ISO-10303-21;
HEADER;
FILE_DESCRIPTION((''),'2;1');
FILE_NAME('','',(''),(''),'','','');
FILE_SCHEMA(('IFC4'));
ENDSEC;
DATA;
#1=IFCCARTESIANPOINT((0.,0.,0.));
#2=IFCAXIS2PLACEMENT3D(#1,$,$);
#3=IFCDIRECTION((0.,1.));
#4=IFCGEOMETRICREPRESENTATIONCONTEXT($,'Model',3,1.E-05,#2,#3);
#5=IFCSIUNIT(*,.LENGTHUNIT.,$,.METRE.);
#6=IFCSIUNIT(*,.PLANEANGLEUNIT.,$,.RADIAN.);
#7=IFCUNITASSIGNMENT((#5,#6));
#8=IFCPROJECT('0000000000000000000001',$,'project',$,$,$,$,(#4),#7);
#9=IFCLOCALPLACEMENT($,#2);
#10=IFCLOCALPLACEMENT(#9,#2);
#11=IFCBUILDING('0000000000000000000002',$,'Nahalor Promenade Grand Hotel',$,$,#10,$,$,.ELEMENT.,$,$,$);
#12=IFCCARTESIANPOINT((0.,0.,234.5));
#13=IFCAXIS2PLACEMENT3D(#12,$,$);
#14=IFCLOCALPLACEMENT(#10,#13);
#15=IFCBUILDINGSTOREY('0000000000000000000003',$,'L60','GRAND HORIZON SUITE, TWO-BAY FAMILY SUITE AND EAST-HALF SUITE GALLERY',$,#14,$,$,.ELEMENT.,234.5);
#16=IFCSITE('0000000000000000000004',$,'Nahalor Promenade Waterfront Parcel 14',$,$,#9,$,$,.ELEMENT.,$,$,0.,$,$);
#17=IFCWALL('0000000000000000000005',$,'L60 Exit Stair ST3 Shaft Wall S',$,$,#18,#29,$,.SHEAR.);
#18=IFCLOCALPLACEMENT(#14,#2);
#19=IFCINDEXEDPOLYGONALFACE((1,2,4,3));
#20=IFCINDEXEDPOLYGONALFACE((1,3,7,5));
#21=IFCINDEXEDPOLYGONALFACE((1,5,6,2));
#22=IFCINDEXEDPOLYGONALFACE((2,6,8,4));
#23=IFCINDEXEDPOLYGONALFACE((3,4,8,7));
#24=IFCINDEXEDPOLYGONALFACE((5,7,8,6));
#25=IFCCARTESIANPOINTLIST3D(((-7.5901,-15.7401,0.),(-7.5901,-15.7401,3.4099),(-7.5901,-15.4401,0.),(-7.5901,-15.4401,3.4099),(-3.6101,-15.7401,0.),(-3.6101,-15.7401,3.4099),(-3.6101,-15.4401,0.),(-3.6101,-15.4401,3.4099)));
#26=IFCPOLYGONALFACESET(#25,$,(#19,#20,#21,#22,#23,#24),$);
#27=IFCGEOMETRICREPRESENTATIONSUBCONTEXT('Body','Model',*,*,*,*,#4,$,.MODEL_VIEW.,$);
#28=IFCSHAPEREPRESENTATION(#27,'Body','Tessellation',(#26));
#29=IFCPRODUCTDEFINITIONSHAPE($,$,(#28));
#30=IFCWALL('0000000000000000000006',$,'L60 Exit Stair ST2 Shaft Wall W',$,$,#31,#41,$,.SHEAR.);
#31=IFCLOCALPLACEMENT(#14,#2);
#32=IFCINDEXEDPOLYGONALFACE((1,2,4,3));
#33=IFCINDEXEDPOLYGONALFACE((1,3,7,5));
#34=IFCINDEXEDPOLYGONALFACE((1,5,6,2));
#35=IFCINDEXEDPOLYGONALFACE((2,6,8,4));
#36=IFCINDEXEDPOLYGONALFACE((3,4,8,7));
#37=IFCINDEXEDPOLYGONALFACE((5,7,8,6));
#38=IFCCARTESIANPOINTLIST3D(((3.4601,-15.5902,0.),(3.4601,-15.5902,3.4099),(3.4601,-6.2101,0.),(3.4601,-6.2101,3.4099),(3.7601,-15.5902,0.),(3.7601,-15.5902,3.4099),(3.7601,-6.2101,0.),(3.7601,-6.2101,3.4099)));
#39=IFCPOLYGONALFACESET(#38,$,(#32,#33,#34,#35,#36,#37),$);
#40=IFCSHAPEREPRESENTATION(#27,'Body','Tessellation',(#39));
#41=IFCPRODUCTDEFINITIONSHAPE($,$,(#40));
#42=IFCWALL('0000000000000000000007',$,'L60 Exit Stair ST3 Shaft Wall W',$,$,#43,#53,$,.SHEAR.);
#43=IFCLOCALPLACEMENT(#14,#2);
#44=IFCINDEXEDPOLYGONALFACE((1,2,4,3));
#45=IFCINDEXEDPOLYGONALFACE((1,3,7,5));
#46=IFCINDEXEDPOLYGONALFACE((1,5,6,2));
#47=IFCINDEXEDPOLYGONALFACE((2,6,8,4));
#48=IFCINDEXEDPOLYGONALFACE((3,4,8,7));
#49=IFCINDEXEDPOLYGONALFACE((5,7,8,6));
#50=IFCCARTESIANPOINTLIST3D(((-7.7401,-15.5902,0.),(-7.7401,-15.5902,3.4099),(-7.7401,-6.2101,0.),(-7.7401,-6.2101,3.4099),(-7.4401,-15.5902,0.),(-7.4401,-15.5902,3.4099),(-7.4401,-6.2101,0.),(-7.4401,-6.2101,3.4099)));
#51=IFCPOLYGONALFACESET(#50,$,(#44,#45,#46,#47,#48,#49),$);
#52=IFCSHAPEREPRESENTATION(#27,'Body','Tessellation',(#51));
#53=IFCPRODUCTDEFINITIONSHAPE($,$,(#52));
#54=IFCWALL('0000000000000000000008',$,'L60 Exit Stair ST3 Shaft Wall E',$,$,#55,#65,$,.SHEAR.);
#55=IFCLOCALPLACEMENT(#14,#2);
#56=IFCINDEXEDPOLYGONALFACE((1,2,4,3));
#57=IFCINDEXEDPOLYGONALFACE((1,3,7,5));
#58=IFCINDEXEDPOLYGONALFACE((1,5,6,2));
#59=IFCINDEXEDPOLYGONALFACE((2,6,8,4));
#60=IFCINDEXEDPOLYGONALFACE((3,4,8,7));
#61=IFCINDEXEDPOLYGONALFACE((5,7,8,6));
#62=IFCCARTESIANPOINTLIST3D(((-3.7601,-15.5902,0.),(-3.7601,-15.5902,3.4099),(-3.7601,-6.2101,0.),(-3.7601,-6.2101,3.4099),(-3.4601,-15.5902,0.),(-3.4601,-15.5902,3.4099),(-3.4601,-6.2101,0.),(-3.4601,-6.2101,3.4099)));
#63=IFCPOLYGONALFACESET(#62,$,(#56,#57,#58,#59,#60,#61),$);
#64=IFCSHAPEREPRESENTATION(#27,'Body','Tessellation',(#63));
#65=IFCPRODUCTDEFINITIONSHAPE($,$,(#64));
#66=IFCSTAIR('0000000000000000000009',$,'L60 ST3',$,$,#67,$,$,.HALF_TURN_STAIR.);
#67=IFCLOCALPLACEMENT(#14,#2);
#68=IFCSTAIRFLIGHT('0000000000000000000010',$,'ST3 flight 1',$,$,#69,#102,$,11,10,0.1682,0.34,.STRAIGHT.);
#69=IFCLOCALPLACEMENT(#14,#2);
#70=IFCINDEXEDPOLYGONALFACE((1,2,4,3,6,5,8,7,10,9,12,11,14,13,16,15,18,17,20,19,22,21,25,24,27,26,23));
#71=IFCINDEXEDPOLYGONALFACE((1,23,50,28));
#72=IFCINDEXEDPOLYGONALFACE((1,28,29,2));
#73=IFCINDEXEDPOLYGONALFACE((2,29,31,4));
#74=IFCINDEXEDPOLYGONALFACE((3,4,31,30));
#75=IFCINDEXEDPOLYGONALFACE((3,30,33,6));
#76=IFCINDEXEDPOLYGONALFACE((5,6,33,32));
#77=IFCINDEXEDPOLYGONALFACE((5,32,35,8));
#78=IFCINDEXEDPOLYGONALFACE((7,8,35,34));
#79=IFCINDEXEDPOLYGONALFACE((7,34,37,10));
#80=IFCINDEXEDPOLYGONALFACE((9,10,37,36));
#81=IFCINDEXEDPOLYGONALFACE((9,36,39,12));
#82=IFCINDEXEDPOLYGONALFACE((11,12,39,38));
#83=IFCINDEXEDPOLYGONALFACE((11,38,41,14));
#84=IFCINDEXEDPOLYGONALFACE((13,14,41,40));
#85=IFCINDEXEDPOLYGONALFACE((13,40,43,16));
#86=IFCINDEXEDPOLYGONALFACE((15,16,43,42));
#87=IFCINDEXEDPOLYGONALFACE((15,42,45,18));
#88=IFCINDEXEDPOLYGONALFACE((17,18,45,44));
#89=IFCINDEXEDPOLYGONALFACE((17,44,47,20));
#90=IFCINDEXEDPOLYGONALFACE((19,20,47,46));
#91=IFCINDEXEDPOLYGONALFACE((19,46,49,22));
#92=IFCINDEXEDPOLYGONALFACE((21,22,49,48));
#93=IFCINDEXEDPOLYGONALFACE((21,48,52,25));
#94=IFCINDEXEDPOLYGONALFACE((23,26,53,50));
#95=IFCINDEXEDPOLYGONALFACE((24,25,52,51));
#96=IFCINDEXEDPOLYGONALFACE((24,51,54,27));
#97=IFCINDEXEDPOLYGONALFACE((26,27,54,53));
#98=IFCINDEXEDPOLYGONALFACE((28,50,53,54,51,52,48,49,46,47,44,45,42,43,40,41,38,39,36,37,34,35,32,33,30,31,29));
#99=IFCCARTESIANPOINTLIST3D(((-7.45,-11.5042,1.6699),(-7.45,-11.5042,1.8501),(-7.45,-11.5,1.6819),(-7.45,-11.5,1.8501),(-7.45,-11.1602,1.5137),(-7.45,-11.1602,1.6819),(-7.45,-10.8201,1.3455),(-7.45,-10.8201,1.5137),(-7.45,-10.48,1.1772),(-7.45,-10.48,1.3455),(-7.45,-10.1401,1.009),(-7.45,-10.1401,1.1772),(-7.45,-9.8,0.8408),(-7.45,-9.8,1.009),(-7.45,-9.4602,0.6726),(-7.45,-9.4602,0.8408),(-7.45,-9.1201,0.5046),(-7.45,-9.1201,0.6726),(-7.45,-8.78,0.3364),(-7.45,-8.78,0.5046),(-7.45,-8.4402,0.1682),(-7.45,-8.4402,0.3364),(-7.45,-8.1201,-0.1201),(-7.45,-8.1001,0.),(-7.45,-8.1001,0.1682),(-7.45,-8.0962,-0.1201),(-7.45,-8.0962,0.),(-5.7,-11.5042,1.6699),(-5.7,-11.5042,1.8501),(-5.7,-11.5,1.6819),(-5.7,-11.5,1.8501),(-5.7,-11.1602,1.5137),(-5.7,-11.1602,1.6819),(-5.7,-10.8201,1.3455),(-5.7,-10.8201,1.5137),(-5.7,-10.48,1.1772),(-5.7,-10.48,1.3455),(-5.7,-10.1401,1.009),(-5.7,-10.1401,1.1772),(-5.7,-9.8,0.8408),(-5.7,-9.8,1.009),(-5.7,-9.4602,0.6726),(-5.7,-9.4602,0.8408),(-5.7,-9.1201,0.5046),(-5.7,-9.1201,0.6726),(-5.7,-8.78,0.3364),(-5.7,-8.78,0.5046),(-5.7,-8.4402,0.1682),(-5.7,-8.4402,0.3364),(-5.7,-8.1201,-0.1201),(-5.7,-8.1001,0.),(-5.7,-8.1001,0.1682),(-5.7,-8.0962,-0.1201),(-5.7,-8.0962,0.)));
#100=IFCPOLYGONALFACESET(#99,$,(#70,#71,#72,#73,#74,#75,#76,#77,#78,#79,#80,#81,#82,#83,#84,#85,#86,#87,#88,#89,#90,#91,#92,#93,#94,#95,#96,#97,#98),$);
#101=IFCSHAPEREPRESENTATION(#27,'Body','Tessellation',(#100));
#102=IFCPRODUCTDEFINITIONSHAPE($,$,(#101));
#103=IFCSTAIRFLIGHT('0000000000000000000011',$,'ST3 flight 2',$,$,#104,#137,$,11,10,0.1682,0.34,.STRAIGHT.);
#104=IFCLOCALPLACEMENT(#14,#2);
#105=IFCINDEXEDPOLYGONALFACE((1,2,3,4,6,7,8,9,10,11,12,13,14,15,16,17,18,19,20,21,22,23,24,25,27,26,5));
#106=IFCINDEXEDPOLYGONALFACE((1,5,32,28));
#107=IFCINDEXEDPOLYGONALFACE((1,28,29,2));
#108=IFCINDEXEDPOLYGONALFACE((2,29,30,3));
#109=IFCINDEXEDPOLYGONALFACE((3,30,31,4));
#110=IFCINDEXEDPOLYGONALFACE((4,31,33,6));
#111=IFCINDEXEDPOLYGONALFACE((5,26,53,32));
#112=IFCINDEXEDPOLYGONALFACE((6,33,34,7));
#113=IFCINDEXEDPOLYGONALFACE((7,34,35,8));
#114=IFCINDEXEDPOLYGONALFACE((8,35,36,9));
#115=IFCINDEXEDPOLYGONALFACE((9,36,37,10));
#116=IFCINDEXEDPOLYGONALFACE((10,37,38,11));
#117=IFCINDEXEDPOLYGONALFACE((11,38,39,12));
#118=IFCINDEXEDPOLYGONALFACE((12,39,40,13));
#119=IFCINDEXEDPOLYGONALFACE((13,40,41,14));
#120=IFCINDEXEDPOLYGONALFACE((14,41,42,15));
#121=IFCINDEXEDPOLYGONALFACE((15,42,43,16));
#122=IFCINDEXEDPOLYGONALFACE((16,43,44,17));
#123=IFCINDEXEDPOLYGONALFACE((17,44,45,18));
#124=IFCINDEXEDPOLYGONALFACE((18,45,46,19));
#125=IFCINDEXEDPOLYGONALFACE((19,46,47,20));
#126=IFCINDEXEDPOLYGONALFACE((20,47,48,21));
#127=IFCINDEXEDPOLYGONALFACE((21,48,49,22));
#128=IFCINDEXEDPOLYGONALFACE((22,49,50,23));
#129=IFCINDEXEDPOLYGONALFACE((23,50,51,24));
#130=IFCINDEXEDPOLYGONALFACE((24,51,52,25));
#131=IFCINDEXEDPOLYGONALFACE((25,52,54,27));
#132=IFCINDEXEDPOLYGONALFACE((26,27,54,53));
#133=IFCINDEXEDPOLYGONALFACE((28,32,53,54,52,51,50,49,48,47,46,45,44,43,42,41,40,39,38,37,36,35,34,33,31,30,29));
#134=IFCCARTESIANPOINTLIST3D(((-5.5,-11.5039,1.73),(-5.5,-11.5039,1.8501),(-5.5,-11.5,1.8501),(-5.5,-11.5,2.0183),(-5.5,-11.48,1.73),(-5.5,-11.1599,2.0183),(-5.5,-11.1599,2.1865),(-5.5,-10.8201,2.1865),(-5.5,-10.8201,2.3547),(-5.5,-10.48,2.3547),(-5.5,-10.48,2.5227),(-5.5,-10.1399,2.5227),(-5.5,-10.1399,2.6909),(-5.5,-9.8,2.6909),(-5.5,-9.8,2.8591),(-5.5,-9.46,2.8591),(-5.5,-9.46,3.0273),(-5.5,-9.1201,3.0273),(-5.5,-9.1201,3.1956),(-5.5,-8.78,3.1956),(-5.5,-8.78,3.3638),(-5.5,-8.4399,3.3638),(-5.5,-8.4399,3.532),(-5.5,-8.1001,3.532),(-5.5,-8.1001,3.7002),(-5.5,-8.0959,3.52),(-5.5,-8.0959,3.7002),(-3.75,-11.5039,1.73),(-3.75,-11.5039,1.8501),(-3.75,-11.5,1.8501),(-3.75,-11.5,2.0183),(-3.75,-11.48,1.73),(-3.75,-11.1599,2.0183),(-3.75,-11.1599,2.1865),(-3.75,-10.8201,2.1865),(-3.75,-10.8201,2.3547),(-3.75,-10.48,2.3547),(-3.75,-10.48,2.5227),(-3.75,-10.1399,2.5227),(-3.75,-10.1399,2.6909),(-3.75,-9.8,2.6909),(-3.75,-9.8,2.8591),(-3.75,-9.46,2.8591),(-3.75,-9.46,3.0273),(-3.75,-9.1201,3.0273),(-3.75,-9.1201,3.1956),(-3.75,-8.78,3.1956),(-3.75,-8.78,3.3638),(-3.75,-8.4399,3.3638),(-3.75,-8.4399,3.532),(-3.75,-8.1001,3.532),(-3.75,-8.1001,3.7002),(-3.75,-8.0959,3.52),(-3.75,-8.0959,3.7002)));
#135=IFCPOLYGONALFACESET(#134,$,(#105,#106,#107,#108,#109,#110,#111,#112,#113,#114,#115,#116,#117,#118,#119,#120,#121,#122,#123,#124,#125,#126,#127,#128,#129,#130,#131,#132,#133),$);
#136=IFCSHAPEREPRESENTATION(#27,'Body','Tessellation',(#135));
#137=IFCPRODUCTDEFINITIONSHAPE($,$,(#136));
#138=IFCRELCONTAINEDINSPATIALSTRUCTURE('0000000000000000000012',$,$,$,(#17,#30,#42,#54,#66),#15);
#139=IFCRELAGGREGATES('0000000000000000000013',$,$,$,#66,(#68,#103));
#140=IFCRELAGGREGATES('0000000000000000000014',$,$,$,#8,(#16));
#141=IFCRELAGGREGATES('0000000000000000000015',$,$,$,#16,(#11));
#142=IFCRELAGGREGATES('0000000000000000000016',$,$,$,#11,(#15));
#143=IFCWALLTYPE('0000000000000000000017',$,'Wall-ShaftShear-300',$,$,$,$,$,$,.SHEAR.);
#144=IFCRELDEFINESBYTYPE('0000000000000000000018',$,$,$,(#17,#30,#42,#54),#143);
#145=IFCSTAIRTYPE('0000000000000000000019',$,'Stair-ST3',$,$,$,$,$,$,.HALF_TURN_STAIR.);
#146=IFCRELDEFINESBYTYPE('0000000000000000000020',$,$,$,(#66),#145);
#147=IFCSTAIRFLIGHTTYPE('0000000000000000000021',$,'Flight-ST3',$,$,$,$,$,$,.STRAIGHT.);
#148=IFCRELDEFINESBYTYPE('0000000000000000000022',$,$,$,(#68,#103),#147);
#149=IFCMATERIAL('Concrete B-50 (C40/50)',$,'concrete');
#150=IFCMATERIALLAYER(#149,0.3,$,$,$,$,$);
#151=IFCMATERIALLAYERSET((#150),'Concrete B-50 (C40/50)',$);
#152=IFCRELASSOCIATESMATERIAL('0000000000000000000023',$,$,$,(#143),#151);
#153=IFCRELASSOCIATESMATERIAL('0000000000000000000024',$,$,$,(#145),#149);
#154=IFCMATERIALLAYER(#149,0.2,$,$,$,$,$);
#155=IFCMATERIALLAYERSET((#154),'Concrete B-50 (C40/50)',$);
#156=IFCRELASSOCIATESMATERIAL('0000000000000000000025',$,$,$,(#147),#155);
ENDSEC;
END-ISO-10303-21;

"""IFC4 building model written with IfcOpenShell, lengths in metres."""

from ifc_helpers import new_model, si_unit, direction, frame, frame_2d, origin, place, context, subcontext, project, spatial, polyline, rectangle, outline, extrude, source, transform, mapped, material, layer, layer_set, type_object, element, aggregate, save


model = new_model("IFC4")

# Units and contexts
model_context = context("Model", 3, precision=1e-05, world=origin(), true_north=direction((0.0, 1.0)))
body_context = subcontext(model_context, "Body", "Model", "MODEL_VIEW")
ifc_project = project(units=[si_unit("LENGTHUNIT", "METRE"), si_unit("PLANEANGLEUNIT", "RADIAN")], contexts=[model_context])

# Site, building, storey
site_placement = place(None, origin())
site = spatial("IfcSite", under=ifc_project, at=site_placement, Name="Nahalor Promenade Waterfront Parcel 14", CompositionType="ELEMENT", RefElevation=0.0)
building_placement = place(site_placement, origin())
building = spatial("IfcBuilding", under=site, at=building_placement, Name="Nahalor Promenade Grand Hotel", CompositionType="ELEMENT")
storey_placement = place(building_placement, frame((0.0, 0.0, 234.5)))
storey = spatial("IfcBuildingStorey", under=building, at=storey_placement, Name="L60", Description="GRAND HORIZON SUITE, TWO-BAY FAMILY SUITE AND EAST-HALF SUITE GALLERY", CompositionType="ELEMENT", Elevation=234.5)

# Wall
ifc_material_1 = material(Name="Concrete B-50 (C40/50)", Category="concrete")
ifc_layer_1 = layer(ifc_material_1, 0.3)
ifc_layer_set_1 = layer_set([ifc_layer_1], Name="Concrete B-50 (C40/50)")
wall_type_1 = type_object("IfcWallType", Name="Wall-ShaftShear-300", PredefinedType="SHEAR", material=ifc_layer_set_1)
shared_shape_1 = source(origin(), body_context, "Body", "SweptSolid", [
    extrude(rectangle(XDim=3.98, YDim=0.3, at=frame_2d((1.99, 0.0))), origin(), (0.0, 0.0, 1.0), 3.4099),
])
for number, where, z_axis, x_axis, name in (
    (1, (-7.5901, -15.5901, 0.0), (0.0, 0.0, 1.0), (1.0, 0.0, 0.0), "L60 Exit Stair ST3 Shaft Wall S"),
):
    element("IfcWall", number, at=place(storey_placement, frame(where, z_axis=z_axis, x_axis=x_axis)), inside=storey, type_object=wall_type_1, Name=name, PredefinedType="SHEAR", context=body_context, shape_type="MappedRepresentation", body=[
        mapped(shared_shape_1, transform((0.0, 0.0, 0.0), scale=1.0)),
    ])

# Walls
shared_shape_2 = source(origin(), body_context, "Body", "SweptSolid", [
    extrude(rectangle(XDim=9.3801, YDim=0.3, at=frame_2d((4.6899, 0.0))), origin(), (0.0, 0.0, 1.0), 3.4099),
])
for number, where, z_axis, x_axis, name in (
    (2, (3.6101, -15.5901, 0.0), (0.0, 0.0, 1.0), (0.0, 1.0, 0.0), "L60 Exit Stair ST2 Shaft Wall W"),
    (3, (-7.5901, -15.5901, 0.0), (0.0, 0.0, 1.0), (0.0, 1.0, 0.0), "L60 Exit Stair ST3 Shaft Wall W"),
    (4, (-3.6101, -15.5901, 0.0), (0.0, 0.0, 1.0), (0.0, 1.0, 0.0), "L60 Exit Stair ST3 Shaft Wall E"),
):
    element("IfcWall", number, at=place(storey_placement, frame(where, z_axis=z_axis, x_axis=x_axis)), inside=storey, type_object=wall_type_1, Name=name, PredefinedType="SHEAR", context=body_context, shape_type="MappedRepresentation", body=[
        mapped(shared_shape_2, transform((0.0, 0.0, 0.0), scale=1.0)),
    ])

# Stair, stair flights
stair_type = type_object("IfcStairType", Name="Stair-ST3", PredefinedType="HALF_TURN_STAIR", material=ifc_material_1)
stair_placement = place(storey_placement, origin())
stair = element("IfcStair", 5, at=stair_placement, inside=storey, type_object=stair_type, Name="L60 ST3", PredefinedType="HALF_TURN_STAIR")
ifc_layer_2 = layer(ifc_material_1, 0.2)
ifc_layer_set_2 = layer_set([ifc_layer_2], Name="Concrete B-50 (C40/50)")
stair_flight_type = type_object("IfcStairFlightType", Name="Flight-ST3", PredefinedType="STRAIGHT", material=ifc_layer_set_2)
shared_shape_3 = source(origin(), body_context, "Body", "SweptSolid", [
    extrude(outline(polyline([(-0.0039, -0.1201), (-0.0039, 0.0), (0.0, 0.0), (0.0, 0.1682), (0.3401, 0.1682), (0.3401, 0.3364), (0.6799, 0.3364), (0.6799, 0.5046), (1.02, 0.5046), (1.02, 0.6726), (1.3601, 0.6726), (1.3601, 0.8408), (1.7, 0.8408), (1.7, 1.009), (2.04, 1.009), (2.04, 1.1772), (2.3799, 1.1772), (2.3799, 1.3455), (2.72, 1.3455), (2.72, 1.5137), (3.0601, 1.5137), (3.0601, 1.6819), (3.3999, 1.6819), (3.3999, 1.8501), (3.4041, 1.8501), (3.4041, 1.6699), (0.02, -0.1201), (-0.0039, -0.1201)])), frame((0.0, 0.875, 0.0), z_axis=(0.0, -1.0, 0.0), x_axis=(1.0, 0.0, 0.0)), (0.0, 0.0, 1.0), 1.75),
])
stair_flight_1_placement = place(storey_placement, frame((-6.575, -8.1001, 0.0), z_axis=(0.0, 0.0, 1.0), x_axis=(0.0, -1.0, 0.0)))
stair_flight_1 = element("IfcStairFlight", 6, at=stair_flight_1_placement, type_object=stair_flight_type, Name="ST3 flight 1", NumberOfRisers=11, NumberOfTreads=10, PredefinedType="STRAIGHT", RiserHeight=0.1682, TreadLength=0.34, context=body_context, shape_type="MappedRepresentation", body=[
    mapped(shared_shape_3, transform((0.0, 0.0, 0.0), scale=1.0)),
])
stair_flight_2_placement = place(storey_placement, frame((-4.625, -11.5, 1.8501), z_axis=(0.0, 0.0, 1.0), x_axis=(0.0, 1.0, 0.0)))
stair_flight_2 = element("IfcStairFlight", 7, at=stair_flight_2_placement, type_object=stair_flight_type, Name="ST3 flight 2", NumberOfRisers=11, NumberOfTreads=10, PredefinedType="STRAIGHT", RiserHeight=0.1682, TreadLength=0.34, context=body_context, shape_type="MappedRepresentation", body=[
    mapped(shared_shape_3, transform((0.0, 0.0, 0.0), scale=1.0)),
])
aggregate(stair, [stair_flight_1, stair_flight_2])

save(model, "model.ifc")
